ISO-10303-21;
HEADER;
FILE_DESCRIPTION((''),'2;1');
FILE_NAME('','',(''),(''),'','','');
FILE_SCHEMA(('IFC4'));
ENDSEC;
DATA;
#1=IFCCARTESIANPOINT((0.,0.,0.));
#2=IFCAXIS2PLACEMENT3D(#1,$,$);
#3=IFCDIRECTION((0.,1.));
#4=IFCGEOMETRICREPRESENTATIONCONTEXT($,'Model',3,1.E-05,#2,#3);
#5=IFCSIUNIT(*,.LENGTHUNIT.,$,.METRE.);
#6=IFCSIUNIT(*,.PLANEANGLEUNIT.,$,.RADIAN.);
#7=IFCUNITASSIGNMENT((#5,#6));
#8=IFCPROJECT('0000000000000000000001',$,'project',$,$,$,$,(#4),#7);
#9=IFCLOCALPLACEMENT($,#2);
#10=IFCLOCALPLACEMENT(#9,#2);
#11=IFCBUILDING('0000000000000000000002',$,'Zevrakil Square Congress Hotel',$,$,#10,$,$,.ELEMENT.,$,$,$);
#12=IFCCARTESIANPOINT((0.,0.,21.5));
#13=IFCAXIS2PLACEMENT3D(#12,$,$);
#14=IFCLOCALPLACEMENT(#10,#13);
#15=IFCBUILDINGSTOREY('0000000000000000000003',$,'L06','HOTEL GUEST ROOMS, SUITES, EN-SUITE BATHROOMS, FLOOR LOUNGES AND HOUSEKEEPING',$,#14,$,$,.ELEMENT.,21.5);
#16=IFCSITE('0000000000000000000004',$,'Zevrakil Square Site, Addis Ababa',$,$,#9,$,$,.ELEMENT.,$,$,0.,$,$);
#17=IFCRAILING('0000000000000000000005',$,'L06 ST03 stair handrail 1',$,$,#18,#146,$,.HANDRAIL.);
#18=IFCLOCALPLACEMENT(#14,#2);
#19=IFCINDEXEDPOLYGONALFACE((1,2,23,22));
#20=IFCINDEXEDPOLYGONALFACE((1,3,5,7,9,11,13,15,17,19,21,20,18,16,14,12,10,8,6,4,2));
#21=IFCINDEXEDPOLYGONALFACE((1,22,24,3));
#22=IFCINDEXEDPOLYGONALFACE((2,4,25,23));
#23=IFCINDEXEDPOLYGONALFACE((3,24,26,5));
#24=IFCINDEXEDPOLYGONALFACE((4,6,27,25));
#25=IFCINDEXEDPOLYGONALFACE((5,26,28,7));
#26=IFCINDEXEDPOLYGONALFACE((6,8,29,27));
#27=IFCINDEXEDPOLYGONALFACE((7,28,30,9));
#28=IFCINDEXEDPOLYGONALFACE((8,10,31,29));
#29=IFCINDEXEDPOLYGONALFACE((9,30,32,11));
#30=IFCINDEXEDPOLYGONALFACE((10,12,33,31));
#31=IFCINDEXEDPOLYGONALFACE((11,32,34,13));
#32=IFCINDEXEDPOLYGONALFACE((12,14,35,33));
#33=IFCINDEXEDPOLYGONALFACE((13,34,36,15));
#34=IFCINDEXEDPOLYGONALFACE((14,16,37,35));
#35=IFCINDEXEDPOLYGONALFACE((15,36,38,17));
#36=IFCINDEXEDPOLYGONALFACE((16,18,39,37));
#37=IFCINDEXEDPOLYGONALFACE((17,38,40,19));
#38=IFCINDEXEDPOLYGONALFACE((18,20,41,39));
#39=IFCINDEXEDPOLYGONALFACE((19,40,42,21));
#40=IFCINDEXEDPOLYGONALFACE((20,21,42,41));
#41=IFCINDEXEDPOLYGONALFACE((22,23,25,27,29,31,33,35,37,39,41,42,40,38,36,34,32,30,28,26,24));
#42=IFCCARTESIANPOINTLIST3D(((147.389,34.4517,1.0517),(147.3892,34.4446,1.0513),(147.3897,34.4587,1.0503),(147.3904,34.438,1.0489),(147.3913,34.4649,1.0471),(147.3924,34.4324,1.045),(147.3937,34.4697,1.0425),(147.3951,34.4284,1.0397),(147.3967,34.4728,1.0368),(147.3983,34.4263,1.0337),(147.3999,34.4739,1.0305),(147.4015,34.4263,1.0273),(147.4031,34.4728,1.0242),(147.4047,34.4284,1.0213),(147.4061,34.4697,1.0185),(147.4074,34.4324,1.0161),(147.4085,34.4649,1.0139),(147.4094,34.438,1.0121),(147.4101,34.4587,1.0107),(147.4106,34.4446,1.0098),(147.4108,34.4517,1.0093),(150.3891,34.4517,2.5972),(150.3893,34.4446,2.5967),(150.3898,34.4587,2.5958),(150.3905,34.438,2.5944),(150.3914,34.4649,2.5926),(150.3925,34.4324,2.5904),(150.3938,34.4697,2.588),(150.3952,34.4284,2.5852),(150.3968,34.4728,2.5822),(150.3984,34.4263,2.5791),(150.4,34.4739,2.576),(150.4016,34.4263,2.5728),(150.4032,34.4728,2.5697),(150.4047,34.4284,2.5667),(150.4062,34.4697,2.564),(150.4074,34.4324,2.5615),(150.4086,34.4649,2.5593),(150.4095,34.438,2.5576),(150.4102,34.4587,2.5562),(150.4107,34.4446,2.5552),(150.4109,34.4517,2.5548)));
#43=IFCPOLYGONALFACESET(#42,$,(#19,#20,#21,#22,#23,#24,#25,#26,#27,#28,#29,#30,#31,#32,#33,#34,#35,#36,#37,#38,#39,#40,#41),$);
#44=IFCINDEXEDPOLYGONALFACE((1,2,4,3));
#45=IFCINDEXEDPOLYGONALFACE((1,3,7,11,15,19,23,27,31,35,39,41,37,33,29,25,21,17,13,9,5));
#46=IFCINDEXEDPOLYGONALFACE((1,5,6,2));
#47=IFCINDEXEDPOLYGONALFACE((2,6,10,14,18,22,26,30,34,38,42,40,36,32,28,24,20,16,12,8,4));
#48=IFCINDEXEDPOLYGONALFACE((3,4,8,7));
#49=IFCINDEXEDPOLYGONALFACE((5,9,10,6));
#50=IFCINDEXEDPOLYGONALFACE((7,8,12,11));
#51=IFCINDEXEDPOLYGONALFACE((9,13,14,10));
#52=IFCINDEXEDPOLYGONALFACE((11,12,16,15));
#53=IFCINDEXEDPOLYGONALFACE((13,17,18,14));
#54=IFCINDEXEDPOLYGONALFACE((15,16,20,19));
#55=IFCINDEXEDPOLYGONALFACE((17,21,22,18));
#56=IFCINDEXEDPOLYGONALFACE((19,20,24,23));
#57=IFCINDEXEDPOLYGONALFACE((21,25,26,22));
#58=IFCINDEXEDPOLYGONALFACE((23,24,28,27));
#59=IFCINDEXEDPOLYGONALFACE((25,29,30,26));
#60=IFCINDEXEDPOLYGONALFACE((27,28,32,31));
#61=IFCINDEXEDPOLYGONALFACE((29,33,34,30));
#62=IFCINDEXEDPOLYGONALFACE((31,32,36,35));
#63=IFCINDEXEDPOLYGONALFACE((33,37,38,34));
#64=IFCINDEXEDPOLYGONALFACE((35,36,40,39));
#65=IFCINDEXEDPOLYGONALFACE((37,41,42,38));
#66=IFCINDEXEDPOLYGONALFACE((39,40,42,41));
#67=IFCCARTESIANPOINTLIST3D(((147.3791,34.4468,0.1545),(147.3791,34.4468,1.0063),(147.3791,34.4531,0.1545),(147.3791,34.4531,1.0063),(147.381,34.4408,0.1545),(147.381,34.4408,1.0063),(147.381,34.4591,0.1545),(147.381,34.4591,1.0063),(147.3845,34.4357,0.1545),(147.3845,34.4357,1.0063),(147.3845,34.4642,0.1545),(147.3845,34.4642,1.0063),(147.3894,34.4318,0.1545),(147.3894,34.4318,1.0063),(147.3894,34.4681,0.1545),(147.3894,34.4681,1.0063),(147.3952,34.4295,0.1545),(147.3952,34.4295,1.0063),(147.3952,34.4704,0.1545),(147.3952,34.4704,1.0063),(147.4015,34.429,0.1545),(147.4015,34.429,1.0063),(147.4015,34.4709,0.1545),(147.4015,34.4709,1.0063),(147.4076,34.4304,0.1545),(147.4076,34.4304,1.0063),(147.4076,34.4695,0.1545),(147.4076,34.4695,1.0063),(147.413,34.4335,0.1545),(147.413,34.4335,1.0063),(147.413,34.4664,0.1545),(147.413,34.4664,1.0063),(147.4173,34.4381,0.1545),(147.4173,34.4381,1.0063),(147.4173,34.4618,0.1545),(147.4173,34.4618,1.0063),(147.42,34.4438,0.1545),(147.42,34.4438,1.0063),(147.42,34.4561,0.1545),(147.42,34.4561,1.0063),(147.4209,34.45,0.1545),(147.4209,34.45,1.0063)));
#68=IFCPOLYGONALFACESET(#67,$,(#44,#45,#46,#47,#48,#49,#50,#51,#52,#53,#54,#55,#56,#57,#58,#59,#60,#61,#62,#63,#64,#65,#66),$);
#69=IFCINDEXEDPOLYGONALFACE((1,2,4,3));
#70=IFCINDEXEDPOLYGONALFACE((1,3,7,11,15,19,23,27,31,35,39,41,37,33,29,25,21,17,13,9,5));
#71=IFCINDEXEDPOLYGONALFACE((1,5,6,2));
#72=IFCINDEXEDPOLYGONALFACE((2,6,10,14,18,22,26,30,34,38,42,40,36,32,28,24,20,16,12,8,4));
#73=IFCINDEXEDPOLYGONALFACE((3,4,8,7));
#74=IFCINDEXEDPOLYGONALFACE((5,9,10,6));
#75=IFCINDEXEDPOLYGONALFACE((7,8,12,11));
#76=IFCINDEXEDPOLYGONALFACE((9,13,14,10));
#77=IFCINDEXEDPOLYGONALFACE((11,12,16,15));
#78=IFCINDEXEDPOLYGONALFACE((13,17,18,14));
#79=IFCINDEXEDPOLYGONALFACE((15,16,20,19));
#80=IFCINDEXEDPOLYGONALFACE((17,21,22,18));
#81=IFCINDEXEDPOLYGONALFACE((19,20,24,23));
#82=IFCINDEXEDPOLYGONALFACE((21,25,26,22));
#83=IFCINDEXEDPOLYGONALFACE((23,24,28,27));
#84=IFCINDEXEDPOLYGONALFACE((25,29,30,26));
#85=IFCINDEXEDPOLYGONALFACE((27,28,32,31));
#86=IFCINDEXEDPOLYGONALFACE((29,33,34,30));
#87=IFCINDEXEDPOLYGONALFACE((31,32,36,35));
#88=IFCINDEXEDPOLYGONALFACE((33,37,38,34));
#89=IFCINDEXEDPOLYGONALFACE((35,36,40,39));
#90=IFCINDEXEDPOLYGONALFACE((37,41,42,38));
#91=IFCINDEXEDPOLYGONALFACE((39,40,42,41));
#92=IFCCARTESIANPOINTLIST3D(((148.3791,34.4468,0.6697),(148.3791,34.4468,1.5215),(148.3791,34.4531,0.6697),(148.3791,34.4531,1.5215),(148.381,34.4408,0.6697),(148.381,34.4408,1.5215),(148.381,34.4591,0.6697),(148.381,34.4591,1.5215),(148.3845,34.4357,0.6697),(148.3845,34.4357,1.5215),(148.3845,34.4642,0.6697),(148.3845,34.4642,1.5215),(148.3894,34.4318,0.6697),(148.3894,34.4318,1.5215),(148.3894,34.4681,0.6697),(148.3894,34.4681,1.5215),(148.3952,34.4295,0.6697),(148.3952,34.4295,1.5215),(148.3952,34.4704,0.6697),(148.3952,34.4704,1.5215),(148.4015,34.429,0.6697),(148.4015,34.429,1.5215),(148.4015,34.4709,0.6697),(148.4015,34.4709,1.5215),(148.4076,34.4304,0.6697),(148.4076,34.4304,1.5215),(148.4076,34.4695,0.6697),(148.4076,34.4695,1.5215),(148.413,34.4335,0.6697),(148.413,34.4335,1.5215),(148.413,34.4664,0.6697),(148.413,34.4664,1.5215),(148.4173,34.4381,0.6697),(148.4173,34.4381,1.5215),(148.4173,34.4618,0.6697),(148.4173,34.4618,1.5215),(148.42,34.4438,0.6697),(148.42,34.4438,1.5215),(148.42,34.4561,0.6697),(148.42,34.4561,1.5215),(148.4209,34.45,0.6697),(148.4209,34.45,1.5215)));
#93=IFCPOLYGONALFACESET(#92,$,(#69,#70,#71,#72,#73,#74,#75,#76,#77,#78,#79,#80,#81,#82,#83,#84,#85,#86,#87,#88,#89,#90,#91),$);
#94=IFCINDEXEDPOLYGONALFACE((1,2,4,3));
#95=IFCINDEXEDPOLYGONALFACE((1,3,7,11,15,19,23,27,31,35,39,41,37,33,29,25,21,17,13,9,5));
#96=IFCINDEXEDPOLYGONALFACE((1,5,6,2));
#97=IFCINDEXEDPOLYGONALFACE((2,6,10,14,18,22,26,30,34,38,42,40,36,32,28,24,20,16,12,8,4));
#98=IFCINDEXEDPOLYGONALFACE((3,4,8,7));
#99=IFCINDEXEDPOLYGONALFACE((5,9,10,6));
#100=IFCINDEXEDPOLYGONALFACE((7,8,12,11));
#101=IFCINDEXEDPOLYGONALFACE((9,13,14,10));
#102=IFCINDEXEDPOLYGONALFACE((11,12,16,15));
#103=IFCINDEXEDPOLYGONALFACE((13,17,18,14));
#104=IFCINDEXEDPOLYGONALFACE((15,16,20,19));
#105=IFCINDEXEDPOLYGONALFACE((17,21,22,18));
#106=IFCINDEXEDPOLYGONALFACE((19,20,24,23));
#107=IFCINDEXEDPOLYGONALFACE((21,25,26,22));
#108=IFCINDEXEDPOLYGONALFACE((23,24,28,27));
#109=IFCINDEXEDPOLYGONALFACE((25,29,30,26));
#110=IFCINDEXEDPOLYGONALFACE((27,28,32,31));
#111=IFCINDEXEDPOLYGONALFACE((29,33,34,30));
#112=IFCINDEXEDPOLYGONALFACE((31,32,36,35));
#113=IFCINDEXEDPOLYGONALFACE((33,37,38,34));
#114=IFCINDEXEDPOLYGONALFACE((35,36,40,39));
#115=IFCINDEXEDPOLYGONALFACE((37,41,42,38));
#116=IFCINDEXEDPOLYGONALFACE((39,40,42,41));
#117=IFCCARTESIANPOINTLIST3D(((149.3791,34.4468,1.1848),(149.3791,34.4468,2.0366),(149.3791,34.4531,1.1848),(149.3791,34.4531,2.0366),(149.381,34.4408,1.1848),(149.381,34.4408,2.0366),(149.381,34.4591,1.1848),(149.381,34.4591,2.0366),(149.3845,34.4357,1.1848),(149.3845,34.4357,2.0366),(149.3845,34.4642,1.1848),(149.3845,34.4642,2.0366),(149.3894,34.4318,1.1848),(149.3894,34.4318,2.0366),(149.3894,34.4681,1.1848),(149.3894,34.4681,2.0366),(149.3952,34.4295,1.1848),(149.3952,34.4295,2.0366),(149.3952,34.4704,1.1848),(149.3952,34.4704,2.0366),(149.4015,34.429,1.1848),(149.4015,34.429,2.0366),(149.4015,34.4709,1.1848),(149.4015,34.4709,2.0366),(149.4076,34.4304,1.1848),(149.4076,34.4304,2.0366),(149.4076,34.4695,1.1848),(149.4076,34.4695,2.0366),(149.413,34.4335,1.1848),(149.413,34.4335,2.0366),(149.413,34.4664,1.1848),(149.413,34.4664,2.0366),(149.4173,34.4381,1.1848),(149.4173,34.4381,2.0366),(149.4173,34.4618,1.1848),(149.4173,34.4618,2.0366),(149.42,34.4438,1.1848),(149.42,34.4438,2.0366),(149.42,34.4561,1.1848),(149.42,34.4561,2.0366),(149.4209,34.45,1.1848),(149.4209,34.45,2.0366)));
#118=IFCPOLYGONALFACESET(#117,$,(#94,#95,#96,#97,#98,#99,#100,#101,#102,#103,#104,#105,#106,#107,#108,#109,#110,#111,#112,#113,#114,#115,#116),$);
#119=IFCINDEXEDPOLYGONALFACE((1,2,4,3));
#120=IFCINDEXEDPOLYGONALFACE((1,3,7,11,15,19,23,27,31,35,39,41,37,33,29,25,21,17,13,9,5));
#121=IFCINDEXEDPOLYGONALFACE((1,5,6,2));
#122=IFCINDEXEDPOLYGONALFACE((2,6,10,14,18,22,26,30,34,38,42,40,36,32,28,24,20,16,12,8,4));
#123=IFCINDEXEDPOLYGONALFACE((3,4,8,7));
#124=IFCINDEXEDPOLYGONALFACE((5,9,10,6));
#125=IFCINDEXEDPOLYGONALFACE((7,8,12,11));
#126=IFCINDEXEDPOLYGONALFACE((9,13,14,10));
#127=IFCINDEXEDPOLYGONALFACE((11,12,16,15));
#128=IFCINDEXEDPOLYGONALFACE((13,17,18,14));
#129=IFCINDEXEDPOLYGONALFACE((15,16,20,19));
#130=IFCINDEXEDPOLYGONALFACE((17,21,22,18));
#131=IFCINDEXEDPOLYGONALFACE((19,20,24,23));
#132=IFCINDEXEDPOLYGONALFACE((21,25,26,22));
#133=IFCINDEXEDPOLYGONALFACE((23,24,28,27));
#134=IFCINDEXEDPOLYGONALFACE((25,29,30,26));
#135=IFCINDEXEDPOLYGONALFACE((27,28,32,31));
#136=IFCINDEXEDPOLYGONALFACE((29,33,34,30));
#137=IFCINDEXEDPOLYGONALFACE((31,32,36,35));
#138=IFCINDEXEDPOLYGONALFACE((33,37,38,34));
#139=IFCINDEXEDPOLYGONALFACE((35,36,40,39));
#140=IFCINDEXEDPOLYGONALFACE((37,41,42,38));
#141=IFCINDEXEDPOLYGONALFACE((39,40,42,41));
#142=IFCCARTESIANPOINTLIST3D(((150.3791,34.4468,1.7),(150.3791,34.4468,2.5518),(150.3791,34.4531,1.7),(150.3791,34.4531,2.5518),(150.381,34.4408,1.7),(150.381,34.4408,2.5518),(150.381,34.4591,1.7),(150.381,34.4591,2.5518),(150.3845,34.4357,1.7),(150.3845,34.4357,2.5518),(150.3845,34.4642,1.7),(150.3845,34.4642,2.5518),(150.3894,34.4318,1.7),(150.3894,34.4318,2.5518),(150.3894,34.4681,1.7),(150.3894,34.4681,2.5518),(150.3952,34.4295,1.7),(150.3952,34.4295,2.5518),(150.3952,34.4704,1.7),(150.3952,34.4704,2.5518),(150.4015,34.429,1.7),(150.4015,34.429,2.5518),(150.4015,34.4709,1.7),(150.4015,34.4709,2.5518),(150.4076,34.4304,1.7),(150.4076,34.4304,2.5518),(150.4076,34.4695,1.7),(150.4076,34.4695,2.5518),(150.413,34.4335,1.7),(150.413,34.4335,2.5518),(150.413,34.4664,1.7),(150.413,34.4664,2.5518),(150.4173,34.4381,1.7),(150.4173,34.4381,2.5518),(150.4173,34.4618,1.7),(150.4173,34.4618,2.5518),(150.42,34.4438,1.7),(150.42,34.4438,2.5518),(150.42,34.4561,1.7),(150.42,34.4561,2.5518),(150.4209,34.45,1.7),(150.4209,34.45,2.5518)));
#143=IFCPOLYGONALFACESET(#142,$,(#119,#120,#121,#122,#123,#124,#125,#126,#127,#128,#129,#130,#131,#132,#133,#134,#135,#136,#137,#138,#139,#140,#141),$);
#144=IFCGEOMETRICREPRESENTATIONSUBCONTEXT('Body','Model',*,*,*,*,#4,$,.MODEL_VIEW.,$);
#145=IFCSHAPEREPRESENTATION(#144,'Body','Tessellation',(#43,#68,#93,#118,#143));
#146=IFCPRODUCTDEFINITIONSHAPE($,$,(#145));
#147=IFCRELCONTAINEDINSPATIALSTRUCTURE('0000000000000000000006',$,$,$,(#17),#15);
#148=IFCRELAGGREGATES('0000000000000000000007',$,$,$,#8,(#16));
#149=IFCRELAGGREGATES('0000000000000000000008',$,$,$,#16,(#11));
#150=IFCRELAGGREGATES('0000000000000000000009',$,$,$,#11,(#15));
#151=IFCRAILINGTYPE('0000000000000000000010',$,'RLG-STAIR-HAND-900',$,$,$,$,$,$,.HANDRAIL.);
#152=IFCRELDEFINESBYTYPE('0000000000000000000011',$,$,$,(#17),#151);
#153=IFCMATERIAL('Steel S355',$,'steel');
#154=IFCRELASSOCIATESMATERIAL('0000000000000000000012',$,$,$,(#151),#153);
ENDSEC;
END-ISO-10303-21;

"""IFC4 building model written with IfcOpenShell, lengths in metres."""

from ifc_helpers import new_model, si_unit, direction, frame, origin, origin_2d, place, context, subcontext, project, spatial, circle, extrude, material, type_object, element, save


model = new_model("IFC4")

# Units and contexts
model_context = context("Model", 3, precision=1e-05, world=origin(), true_north=direction((0.0, 1.0)))
body_context = subcontext(model_context, "Body", "Model", "MODEL_VIEW")
ifc_project = project(units=[si_unit("LENGTHUNIT", "METRE"), si_unit("PLANEANGLEUNIT", "RADIAN")], contexts=[model_context])

# Site, building, storey
site_placement = place(None, origin())
site = spatial("IfcSite", under=ifc_project, at=site_placement, Name="Zevrakil Square Site, Addis Ababa", CompositionType="ELEMENT", RefElevation=0.0)
building_placement = place(site_placement, origin())
building = spatial("IfcBuilding", under=site, at=building_placement, Name="Zevrakil Square Congress Hotel", CompositionType="ELEMENT")
storey_placement = place(building_placement, frame((0.0, 0.0, 21.5)))
storey = spatial("IfcBuildingStorey", under=building, at=storey_placement, Name="L06", Description="HOTEL GUEST ROOMS, SUITES, EN-SUITE BATHROOMS, FLOOR LOUNGES AND HOUSEKEEPING", CompositionType="ELEMENT", Elevation=21.5)

# Railing
ifc_material_1 = material(Name="Steel S355", Category="steel")
railing_type = type_object("IfcRailingType", Name="RLG-STAIR-HAND-900", PredefinedType="HANDRAIL", material=ifc_material_1)
railing_placement = place(storey_placement, frame((147.3999, 34.45, 0.1545)))
element("IfcRailing", 1, at=railing_placement, inside=storey, type_object=railing_type, Name="L06 ST03 stair handrail 1", PredefinedType="HANDRAIL", context=body_context, shape_type="SweptSolid", body=[
    extrude(circle(Radius=0.0239, at=origin_2d()), frame((0.0, 0.0, 0.876), z_axis=(0.88898, 0.0, 0.457946), x_axis=(0.0, 1.0, 0.0)), (0.0, 0.0, 1.0), 3.3748),
    extrude(circle(Radius=0.021, at=origin_2d()), origin(), (0.0, 0.0, 1.0), 0.8518),
    extrude(circle(Radius=0.021, at=origin_2d()), frame((1.0, 0.0, 0.5151)), (0.0, 0.0, 1.0), 0.8518),
    extrude(circle(Radius=0.021, at=origin_2d()), frame((2.0, 0.0, 1.0303)), (0.0, 0.0, 1.0), 0.8518),
    extrude(circle(Radius=0.021, at=origin_2d()), frame((3.0, 0.0, 1.5454)), (0.0, 0.0, 1.0), 0.8518),
])

save(model, "model.ifc")
